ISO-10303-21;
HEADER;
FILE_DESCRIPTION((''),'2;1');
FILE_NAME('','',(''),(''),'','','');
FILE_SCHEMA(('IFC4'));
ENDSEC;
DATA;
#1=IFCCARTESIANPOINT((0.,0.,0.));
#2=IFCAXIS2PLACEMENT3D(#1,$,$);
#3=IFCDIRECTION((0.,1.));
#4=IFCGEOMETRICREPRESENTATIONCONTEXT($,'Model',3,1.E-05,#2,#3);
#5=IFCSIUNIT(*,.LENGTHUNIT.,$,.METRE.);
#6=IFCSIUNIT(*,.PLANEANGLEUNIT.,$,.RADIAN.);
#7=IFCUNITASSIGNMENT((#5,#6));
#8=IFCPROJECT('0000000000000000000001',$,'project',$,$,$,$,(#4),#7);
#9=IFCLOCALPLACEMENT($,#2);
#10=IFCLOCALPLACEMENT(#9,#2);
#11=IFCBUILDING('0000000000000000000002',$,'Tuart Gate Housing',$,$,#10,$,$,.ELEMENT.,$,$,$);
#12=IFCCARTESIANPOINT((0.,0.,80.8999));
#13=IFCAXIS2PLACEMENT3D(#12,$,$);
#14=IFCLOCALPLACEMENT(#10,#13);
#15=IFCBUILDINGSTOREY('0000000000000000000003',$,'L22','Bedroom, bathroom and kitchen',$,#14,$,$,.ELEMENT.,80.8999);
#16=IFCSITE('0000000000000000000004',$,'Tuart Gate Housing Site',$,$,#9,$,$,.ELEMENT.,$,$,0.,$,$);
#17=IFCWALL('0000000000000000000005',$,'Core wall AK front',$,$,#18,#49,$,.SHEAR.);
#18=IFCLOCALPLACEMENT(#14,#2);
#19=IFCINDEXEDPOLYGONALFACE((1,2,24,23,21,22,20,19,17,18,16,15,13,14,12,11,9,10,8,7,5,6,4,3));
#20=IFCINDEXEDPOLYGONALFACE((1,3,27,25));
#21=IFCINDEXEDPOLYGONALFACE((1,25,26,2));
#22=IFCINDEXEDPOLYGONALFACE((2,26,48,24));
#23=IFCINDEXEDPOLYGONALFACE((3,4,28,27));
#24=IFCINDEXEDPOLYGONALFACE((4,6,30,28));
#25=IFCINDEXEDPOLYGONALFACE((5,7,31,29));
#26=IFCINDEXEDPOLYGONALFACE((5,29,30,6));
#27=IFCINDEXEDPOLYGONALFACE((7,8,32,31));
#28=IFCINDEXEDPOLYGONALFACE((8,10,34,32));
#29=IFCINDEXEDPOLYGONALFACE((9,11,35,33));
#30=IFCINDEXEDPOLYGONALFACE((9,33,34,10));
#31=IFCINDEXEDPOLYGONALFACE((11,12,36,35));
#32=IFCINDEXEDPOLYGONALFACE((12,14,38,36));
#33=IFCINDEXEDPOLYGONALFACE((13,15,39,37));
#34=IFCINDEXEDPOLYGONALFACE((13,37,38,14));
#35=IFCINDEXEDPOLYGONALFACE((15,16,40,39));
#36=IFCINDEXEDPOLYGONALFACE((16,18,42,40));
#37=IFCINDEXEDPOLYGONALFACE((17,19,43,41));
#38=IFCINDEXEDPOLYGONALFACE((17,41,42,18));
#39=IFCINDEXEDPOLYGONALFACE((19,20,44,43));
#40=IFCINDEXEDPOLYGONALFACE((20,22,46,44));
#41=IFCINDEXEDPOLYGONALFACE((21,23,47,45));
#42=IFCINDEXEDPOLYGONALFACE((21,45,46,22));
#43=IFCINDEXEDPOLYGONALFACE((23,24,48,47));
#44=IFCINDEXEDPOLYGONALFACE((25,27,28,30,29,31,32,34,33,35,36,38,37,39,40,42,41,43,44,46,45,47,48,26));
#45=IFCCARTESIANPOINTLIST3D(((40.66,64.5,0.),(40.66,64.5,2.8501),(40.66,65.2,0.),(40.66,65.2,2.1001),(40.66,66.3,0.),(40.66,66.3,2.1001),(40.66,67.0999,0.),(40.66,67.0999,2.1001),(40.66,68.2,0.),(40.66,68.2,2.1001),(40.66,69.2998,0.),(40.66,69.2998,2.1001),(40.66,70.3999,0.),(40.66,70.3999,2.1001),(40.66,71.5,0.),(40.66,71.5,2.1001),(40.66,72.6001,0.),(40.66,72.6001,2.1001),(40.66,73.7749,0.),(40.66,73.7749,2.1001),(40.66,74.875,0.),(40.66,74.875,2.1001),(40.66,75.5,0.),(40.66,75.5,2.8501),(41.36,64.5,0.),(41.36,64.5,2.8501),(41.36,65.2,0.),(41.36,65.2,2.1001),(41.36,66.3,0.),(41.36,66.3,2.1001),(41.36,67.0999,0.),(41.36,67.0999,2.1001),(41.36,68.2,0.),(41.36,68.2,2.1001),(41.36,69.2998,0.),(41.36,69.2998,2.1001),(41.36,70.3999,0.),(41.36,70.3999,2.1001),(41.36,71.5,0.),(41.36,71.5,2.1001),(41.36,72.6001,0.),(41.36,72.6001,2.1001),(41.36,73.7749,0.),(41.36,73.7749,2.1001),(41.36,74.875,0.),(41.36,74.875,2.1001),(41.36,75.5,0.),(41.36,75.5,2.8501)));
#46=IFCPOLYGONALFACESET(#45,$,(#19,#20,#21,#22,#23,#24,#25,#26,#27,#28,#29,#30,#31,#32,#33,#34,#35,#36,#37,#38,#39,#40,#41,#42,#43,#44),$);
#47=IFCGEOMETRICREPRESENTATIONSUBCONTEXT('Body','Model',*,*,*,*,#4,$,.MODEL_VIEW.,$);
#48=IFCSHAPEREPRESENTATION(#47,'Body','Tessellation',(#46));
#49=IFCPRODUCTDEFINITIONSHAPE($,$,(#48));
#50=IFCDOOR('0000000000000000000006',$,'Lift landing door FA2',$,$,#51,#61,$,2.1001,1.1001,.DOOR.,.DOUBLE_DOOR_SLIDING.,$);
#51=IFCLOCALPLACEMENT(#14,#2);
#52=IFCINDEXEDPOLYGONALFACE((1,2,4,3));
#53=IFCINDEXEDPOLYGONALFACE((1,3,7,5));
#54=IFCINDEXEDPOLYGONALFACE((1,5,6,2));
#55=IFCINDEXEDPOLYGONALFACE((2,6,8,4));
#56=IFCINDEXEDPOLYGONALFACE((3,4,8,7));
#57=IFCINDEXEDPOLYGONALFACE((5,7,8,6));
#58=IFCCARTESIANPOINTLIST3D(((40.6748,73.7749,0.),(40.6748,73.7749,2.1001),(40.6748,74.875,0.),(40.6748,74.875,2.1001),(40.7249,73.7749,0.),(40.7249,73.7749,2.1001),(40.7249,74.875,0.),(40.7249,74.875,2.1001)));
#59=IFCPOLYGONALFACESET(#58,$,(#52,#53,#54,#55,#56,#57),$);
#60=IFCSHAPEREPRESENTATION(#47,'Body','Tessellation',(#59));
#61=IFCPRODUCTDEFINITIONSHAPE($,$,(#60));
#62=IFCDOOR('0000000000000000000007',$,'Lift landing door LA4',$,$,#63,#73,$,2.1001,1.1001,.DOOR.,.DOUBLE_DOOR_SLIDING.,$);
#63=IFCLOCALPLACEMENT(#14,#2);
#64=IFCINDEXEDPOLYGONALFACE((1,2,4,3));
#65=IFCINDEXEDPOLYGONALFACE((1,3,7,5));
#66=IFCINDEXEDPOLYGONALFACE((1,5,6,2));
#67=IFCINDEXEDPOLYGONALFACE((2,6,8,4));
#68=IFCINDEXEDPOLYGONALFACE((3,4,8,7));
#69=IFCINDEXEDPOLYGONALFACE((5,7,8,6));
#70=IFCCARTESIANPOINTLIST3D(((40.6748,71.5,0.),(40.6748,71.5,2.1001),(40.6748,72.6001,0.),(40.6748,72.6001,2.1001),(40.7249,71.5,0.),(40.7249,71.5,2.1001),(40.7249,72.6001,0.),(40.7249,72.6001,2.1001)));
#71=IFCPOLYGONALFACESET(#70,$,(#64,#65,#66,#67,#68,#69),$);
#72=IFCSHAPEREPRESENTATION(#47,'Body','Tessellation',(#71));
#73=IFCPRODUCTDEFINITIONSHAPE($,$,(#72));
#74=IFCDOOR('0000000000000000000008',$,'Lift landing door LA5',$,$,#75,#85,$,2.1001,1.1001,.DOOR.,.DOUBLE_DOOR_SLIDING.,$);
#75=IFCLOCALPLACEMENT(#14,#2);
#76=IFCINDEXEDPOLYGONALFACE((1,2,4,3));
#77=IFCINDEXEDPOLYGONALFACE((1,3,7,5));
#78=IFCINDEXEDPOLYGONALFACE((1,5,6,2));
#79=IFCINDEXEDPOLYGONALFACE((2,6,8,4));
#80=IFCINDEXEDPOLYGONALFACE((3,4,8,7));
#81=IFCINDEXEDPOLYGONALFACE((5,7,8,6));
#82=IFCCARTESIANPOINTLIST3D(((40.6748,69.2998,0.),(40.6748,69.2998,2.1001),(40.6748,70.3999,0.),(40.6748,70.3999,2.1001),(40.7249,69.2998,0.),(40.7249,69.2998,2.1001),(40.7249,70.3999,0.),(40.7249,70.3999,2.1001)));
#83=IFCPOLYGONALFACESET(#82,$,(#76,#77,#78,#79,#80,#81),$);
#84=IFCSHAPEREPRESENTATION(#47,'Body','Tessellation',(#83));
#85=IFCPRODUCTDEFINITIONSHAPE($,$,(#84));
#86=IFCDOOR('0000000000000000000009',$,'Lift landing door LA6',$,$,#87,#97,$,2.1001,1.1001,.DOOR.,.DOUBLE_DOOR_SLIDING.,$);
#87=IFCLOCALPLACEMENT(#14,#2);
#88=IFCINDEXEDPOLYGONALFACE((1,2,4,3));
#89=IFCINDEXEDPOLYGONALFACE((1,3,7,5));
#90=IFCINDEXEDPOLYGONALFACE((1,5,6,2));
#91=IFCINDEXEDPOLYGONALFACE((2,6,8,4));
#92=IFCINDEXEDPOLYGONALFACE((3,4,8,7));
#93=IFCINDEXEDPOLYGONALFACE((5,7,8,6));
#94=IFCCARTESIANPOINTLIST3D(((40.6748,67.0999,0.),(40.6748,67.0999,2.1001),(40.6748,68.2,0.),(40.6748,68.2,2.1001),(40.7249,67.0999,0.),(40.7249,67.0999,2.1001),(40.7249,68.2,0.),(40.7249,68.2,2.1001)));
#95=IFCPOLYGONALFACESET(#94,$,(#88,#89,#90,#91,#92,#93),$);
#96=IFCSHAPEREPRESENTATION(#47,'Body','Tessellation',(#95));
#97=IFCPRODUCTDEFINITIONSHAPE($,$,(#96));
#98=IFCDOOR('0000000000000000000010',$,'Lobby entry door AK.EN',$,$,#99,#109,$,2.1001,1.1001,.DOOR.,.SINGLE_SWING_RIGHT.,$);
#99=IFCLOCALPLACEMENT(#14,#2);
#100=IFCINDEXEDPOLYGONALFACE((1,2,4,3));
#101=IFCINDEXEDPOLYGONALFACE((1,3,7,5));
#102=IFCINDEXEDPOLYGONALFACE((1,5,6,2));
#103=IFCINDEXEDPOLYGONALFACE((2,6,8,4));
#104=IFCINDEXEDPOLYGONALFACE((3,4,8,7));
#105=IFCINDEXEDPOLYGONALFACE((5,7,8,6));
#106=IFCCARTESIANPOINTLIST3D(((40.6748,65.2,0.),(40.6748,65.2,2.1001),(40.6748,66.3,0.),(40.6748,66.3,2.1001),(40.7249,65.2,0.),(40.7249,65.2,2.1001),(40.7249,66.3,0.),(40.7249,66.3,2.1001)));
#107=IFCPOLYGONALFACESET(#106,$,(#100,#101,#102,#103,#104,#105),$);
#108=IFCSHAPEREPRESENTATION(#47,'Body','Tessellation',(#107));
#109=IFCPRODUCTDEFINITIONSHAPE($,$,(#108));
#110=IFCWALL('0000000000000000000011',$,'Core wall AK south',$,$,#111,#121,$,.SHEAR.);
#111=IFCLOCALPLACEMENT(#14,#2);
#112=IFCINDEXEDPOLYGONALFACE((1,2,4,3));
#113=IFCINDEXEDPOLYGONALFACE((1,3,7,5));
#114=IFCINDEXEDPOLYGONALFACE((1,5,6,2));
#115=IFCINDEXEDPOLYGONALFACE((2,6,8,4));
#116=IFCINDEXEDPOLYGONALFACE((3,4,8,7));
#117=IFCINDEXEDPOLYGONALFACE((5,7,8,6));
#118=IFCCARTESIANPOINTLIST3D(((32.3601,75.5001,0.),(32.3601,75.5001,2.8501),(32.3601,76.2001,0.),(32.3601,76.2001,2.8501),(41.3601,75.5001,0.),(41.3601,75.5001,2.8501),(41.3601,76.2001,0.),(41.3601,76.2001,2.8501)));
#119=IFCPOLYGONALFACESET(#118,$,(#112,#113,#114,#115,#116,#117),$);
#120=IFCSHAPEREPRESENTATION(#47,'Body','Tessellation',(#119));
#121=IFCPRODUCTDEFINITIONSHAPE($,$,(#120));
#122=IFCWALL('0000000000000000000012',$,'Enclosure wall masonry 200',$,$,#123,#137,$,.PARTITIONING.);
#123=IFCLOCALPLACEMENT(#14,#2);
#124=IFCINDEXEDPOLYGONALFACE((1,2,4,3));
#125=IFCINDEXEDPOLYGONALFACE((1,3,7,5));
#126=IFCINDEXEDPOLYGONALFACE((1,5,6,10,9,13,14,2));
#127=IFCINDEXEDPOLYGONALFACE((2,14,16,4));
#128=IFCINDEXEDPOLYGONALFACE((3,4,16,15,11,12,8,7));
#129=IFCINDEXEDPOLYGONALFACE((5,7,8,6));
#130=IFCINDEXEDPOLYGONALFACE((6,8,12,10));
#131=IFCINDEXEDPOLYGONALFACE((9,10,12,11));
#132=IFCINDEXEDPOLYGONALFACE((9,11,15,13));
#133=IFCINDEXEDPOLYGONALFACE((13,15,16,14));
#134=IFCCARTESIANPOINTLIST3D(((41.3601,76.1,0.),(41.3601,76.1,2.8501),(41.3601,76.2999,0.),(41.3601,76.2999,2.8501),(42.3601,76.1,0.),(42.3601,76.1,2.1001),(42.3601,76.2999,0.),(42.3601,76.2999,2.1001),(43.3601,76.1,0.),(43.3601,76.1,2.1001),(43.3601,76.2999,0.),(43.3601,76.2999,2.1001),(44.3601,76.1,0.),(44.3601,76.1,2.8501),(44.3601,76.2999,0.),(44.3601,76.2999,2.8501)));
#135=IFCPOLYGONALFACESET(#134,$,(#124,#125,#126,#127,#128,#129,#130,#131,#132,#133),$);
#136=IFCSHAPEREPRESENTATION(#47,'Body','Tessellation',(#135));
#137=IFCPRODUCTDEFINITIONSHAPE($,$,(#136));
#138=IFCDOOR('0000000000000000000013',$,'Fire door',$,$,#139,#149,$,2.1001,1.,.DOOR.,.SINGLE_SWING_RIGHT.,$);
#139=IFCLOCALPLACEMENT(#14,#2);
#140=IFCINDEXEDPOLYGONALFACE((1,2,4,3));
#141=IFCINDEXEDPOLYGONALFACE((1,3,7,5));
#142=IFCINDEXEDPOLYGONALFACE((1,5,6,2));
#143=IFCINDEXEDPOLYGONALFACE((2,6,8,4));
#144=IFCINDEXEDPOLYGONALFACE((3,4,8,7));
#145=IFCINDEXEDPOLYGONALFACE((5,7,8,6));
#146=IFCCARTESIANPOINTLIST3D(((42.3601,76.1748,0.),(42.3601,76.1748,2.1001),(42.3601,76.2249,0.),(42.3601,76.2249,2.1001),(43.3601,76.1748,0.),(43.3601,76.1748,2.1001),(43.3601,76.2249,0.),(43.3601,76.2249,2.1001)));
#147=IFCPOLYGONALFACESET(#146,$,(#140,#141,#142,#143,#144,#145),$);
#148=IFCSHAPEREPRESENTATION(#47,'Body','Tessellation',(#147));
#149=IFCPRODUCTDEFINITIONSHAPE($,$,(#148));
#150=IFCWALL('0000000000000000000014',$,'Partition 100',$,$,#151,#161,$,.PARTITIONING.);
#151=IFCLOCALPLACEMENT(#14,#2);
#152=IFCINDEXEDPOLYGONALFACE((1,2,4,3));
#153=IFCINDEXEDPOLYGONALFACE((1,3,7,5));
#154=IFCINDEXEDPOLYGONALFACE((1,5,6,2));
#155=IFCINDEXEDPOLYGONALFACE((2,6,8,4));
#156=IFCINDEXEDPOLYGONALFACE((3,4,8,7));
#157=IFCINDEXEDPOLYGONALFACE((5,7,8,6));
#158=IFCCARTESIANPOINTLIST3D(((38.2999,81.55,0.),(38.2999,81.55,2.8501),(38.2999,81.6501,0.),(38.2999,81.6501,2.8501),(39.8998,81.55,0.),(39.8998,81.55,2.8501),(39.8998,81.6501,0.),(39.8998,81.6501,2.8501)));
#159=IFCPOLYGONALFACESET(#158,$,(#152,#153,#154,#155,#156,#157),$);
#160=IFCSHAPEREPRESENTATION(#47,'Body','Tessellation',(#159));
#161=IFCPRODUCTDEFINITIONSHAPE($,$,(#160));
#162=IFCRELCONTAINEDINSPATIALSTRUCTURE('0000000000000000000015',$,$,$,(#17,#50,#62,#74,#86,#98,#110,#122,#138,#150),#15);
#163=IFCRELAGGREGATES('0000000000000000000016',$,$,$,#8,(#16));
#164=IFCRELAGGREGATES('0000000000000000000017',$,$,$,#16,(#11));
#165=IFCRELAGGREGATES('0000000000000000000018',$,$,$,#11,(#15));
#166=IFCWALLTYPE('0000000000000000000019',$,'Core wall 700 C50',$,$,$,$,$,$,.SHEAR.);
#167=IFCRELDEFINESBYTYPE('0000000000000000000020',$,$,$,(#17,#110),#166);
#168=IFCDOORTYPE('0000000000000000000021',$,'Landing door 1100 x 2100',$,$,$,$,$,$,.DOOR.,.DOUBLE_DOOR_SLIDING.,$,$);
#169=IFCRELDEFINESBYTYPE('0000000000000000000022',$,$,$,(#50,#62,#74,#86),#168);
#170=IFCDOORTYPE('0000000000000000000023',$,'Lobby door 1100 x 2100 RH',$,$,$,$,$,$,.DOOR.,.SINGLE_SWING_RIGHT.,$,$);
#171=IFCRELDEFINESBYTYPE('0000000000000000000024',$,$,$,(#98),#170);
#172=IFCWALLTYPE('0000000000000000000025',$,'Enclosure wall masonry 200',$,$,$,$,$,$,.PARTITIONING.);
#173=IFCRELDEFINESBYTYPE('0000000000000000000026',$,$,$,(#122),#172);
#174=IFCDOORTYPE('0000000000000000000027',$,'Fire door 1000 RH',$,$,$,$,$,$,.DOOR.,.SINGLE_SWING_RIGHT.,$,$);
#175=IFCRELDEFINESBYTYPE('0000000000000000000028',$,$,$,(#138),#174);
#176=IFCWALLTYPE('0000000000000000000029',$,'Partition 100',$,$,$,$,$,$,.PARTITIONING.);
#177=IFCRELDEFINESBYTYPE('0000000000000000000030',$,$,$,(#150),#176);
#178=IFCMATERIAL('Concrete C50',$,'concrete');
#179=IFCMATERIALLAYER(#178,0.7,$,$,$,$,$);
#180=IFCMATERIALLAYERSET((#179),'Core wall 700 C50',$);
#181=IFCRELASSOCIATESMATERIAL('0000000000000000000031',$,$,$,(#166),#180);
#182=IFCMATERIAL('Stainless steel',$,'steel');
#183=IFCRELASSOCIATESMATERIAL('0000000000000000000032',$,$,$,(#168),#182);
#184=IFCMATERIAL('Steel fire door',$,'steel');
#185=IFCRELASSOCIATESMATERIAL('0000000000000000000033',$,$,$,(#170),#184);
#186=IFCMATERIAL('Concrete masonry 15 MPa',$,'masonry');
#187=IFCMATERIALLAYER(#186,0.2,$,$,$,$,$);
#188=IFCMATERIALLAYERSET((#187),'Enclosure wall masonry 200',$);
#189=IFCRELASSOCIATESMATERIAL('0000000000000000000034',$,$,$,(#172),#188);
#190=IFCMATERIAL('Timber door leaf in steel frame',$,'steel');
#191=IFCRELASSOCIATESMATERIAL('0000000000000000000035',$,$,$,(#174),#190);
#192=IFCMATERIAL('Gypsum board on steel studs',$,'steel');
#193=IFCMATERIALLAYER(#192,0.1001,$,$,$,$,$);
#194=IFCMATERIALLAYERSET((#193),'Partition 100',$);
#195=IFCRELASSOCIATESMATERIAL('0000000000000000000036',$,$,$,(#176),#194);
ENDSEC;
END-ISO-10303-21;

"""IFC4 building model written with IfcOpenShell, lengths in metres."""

from ifc_helpers import new_model, si_unit, direction, frame, frame_2d, origin, place, context, subcontext, project, spatial, rectangle, extrude, material, layer, layer_set, type_object, element, fill, save


model = new_model("IFC4")

# Units and contexts
model_context = context("Model", 3, precision=1e-05, world=origin(), true_north=direction((0.0, 1.0)))
body_context = subcontext(model_context, "Body", "Model", "MODEL_VIEW")
ifc_project = project(units=[si_unit("LENGTHUNIT", "METRE"), si_unit("PLANEANGLEUNIT", "RADIAN")], contexts=[model_context])

# Site, building, storey
site_placement = place(None, origin())
site = spatial("IfcSite", under=ifc_project, at=site_placement, Name="Tuart Gate Housing Site", CompositionType="ELEMENT", RefElevation=0.0)
building_placement = place(site_placement, origin())
building = spatial("IfcBuilding", under=site, at=building_placement, Name="Tuart Gate Housing", CompositionType="ELEMENT")
storey_placement = place(building_placement, frame((0.0, 0.0, 80.8999)))
storey = spatial("IfcBuildingStorey", under=building, at=storey_placement, Name="L22", Description="Bedroom, bathroom and kitchen", CompositionType="ELEMENT", Elevation=80.8999)

# Wall, openings, doors
ifc_material_1 = material(Name="Concrete C50", Category="concrete")
ifc_layer_1 = layer(ifc_material_1, 0.7)
ifc_layer_set_1 = layer_set([ifc_layer_1], Name="Core wall 700 C50")
wall_type_1 = type_object("IfcWallType", Name="Core wall 700 C50", PredefinedType="SHEAR", material=ifc_layer_set_1)
wall_1_placement = place(storey_placement, frame((41.01, 75.5, 0.0), z_axis=(0.0, 0.0, 1.0), x_axis=(0.0, -1.0, 0.0)))
wall_1 = element("IfcWall", 1, at=wall_1_placement, inside=storey, type_object=wall_type_1, Name="Core wall AK front", PredefinedType="SHEAR", context=body_context, shape_type="SweptSolid", body=[
    extrude(rectangle(XDim=11.0, YDim=0.7, at=frame_2d((5.5, 0.0))), origin(), (0.0, 0.0, 1.0), 2.8501),
])
opening_1_placement = place(wall_1_placement, frame((0.625, 0.0, 0.0)))
opening_1 = element("IfcOpeningElement", 2, at=opening_1_placement, cuts=wall_1, PredefinedType="OPENING", context=body_context, shape_type="SweptSolid", body=[
    extrude(rectangle(XDim=1.1001, YDim=2.1001, at=frame_2d((0.55, 1.05))), frame((0.0, 0.3599, 0.0), z_axis=(0.0, -1.0, 0.0), x_axis=(1.0, 0.0, 0.0)), (0.0, 0.0, 1.0), 0.72),
])
opening_2_placement = place(wall_1_placement, frame((2.8999, 0.0, 0.0)))
opening_2 = element("IfcOpeningElement", 3, at=opening_2_placement, cuts=wall_1, PredefinedType="OPENING", context=body_context, shape_type="SweptSolid", body=[
    extrude(rectangle(XDim=1.1001, YDim=2.1001, at=frame_2d((0.55, 1.05))), frame((0.0, 0.3599, 0.0), z_axis=(0.0, -1.0, 0.0), x_axis=(1.0, 0.0, 0.0)), (0.0, 0.0, 1.0), 0.72),
])
opening_3_placement = place(wall_1_placement, frame((5.1001, 0.0, 0.0)))
opening_3 = element("IfcOpeningElement", 4, at=opening_3_placement, cuts=wall_1, PredefinedType="OPENING", context=body_context, shape_type="SweptSolid", body=[
    extrude(rectangle(XDim=1.1001, YDim=2.1001, at=frame_2d((0.55, 1.05))), frame((0.0, 0.3599, 0.0), z_axis=(0.0, -1.0, 0.0), x_axis=(1.0, 0.0, 0.0)), (0.0, 0.0, 1.0), 0.72),
])
opening_4_placement = place(wall_1_placement, frame((7.3, 0.0, 0.0)))
opening_4 = element("IfcOpeningElement", 5, at=opening_4_placement, cuts=wall_1, PredefinedType="OPENING", context=body_context, shape_type="SweptSolid", body=[
    extrude(rectangle(XDim=1.1001, YDim=2.1001, at=frame_2d((0.55, 1.05))), frame((0.0, 0.3599, 0.0), z_axis=(0.0, -1.0, 0.0), x_axis=(1.0, 0.0, 0.0)), (0.0, 0.0, 1.0), 0.72),
])
opening_5_placement = place(wall_1_placement, frame((9.2, 0.0, 0.0)))
opening_5 = element("IfcOpeningElement", 6, at=opening_5_placement, cuts=wall_1, PredefinedType="OPENING", context=body_context, shape_type="SweptSolid", body=[
    extrude(rectangle(XDim=1.1001, YDim=2.1001, at=frame_2d((0.55, 1.05))), frame((0.0, 0.3599, 0.0), z_axis=(0.0, -1.0, 0.0), x_axis=(1.0, 0.0, 0.0)), (0.0, 0.0, 1.0), 0.72),
])
ifc_material_2 = material(Name="Stainless steel", Category="steel")
door_type_1 = type_object("IfcDoorType", Name="Landing door 1100 x 2100", OperationType="DOUBLE_DOOR_SLIDING", PredefinedType="DOOR", material=ifc_material_2)
door_1_placement = place(opening_1_placement, origin())
door_1 = element("IfcDoor", 7, at=door_1_placement, inside=storey, type_object=door_type_1, Name="Lift landing door FA2", OperationType="DOUBLE_DOOR_SLIDING", OverallHeight=2.1001, OverallWidth=1.1001, PredefinedType="DOOR", context=body_context, shape_type="SweptSolid", body=[
    extrude(rectangle(XDim=1.1001, YDim=2.1001, at=frame_2d((0.55, 1.05))), frame((0.0, -0.2852, 0.0), z_axis=(0.0, -1.0, 0.0), x_axis=(1.0, 0.0, 0.0)), (0.0, 0.0, 1.0), 0.05),
])
fill(opening_1, door_1)
door_2_placement = place(opening_2_placement, origin())
door_2 = element("IfcDoor", 8, at=door_2_placement, inside=storey, type_object=door_type_1, Name="Lift landing door LA4", OperationType="DOUBLE_DOOR_SLIDING", OverallHeight=2.1001, OverallWidth=1.1001, PredefinedType="DOOR", context=body_context, shape_type="SweptSolid", body=[
    extrude(rectangle(XDim=1.1001, YDim=2.1001, at=frame_2d((0.55, 1.05))), frame((0.0, -0.2852, 0.0), z_axis=(0.0, -1.0, 0.0), x_axis=(1.0, 0.0, 0.0)), (0.0, 0.0, 1.0), 0.05),
])
fill(opening_2, door_2)
door_3_placement = place(opening_3_placement, origin())
door_3 = element("IfcDoor", 9, at=door_3_placement, inside=storey, type_object=door_type_1, Name="Lift landing door LA5", OperationType="DOUBLE_DOOR_SLIDING", OverallHeight=2.1001, OverallWidth=1.1001, PredefinedType="DOOR", context=body_context, shape_type="SweptSolid", body=[
    extrude(rectangle(XDim=1.1001, YDim=2.1001, at=frame_2d((0.55, 1.05))), frame((0.0, -0.2852, 0.0), z_axis=(0.0, -1.0, 0.0), x_axis=(1.0, 0.0, 0.0)), (0.0, 0.0, 1.0), 0.05),
])
fill(opening_3, door_3)
door_4_placement = place(opening_4_placement, origin())
door_4 = element("IfcDoor", 10, at=door_4_placement, inside=storey, type_object=door_type_1, Name="Lift landing door LA6", OperationType="DOUBLE_DOOR_SLIDING", OverallHeight=2.1001, OverallWidth=1.1001, PredefinedType="DOOR", context=body_context, shape_type="SweptSolid", body=[
    extrude(rectangle(XDim=1.1001, YDim=2.1001, at=frame_2d((0.55, 1.05))), frame((0.0, -0.2852, 0.0), z_axis=(0.0, -1.0, 0.0), x_axis=(1.0, 0.0, 0.0)), (0.0, 0.0, 1.0), 0.05),
])
fill(opening_4, door_4)
ifc_material_3 = material(Name="Steel fire door", Category="steel")
door_type_2 = type_object("IfcDoorType", Name="Lobby door 1100 x 2100 RH", OperationType="SINGLE_SWING_RIGHT", PredefinedType="DOOR", material=ifc_material_3)
door_5_placement = place(opening_5_placement, frame((1.1001, 0.0, 0.0), z_axis=(0.0, 0.0, 1.0), x_axis=(-1.0, 0.0, 0.0)))
door_5 = element("IfcDoor", 11, at=door_5_placement, inside=storey, type_object=door_type_2, Name="Lobby entry door AK.EN", OperationType="SINGLE_SWING_RIGHT", OverallHeight=2.1001, OverallWidth=1.1001, PredefinedType="DOOR", context=body_context, shape_type="SweptSolid", body=[
    extrude(rectangle(XDim=1.1001, YDim=2.1001, at=frame_2d((0.55, 1.05))), frame((0.0, 0.3352, 0.0), z_axis=(0.0, -1.0, 0.0), x_axis=(1.0, 0.0, 0.0)), (0.0, 0.0, 1.0), 0.05),
])
fill(opening_5, door_5)

# Wall
wall_2_placement = place(storey_placement, frame((41.3601, 75.8501, 0.0), z_axis=(0.0, 0.0, 1.0), x_axis=(-1.0, 0.0, 0.0)))
element("IfcWall", 12, at=wall_2_placement, inside=storey, type_object=wall_type_1, Name="Core wall AK south", PredefinedType="SHEAR", context=body_context, shape_type="SweptSolid", body=[
    extrude(rectangle(XDim=9.0, YDim=0.7, at=frame_2d((4.5, 0.0))), origin(), (0.0, 0.0, 1.0), 2.8501),
])

# Wall, opening, door
ifc_material_4 = material(Name="Concrete masonry 15 MPa", Category="masonry")
ifc_layer_2 = layer(ifc_material_4, 0.2)
ifc_layer_set_2 = layer_set([ifc_layer_2], Name="Enclosure wall masonry 200")
wall_type_2 = type_object("IfcWallType", Name="Enclosure wall masonry 200", PredefinedType="PARTITIONING", material=ifc_layer_set_2)
wall_3_placement = place(storey_placement, frame((41.3601, 76.2, 0.0), z_axis=(0.0, 0.0, 1.0), x_axis=(1.0, 0.0, 0.0)))
wall_3 = element("IfcWall", 13, at=wall_3_placement, inside=storey, type_object=wall_type_2, Name="Enclosure wall masonry 200", PredefinedType="PARTITIONING", context=body_context, shape_type="SweptSolid", body=[
    extrude(rectangle(XDim=3.0, YDim=0.2, at=frame_2d((1.5, 0.0))), origin(), (0.0, 0.0, 1.0), 2.8501),
])
opening_6_placement = place(wall_3_placement, frame((1.0, 0.0, 0.0)))
opening_6 = element("IfcOpeningElement", 14, at=opening_6_placement, cuts=wall_3, PredefinedType="OPENING", context=body_context, shape_type="SweptSolid", body=[
    extrude(rectangle(XDim=1.0, YDim=2.1001, at=frame_2d((0.5, 1.05))), frame((0.0, 0.1099, 0.0), z_axis=(0.0, -1.0, 0.0), x_axis=(1.0, 0.0, 0.0)), (0.0, 0.0, 1.0), 0.22),
])
ifc_material_5 = material(Name="Timber door leaf in steel frame", Category="steel")
door_type_3 = type_object("IfcDoorType", Name="Fire door 1000 RH", OperationType="SINGLE_SWING_RIGHT", PredefinedType="DOOR", material=ifc_material_5)
door_6_placement = place(opening_6_placement, origin())
door_6 = element("IfcDoor", 15, at=door_6_placement, inside=storey, type_object=door_type_3, Name="Fire door", OperationType="SINGLE_SWING_RIGHT", OverallHeight=2.1001, OverallWidth=1.0, PredefinedType="DOOR", context=body_context, shape_type="SweptSolid", body=[
    extrude(rectangle(XDim=1.0, YDim=2.1001, at=frame_2d((0.5, 1.05))), frame((0.0, 0.0249, 0.0), z_axis=(0.0, -1.0, 0.0), x_axis=(1.0, 0.0, 0.0)), (0.0, 0.0, 1.0), 0.05),
])
fill(opening_6, door_6)

# Wall
ifc_material_6 = material(Name="Gypsum board on steel studs", Category="steel")
ifc_layer_3 = layer(ifc_material_6, 0.1001)
ifc_layer_set_3 = layer_set([ifc_layer_3], Name="Partition 100")
wall_type_3 = type_object("IfcWallType", Name="Partition 100", PredefinedType="PARTITIONING", material=ifc_layer_set_3)
wall_4_placement = place(storey_placement, frame((38.3, 81.6001, 0.0), z_axis=(0.0, 0.0, 1.0), x_axis=(1.0, 0.0, 0.0)))
element("IfcWall", 16, at=wall_4_placement, inside=storey, type_object=wall_type_3, Name="Partition 100", PredefinedType="PARTITIONING", context=body_context, shape_type="SweptSolid", body=[
    extrude(rectangle(XDim=1.5999, YDim=0.1001, at=frame_2d((0.7998, 0.0))), origin(), (0.0, 0.0, 1.0), 2.8501),
])

save(model, "model.ifc")
